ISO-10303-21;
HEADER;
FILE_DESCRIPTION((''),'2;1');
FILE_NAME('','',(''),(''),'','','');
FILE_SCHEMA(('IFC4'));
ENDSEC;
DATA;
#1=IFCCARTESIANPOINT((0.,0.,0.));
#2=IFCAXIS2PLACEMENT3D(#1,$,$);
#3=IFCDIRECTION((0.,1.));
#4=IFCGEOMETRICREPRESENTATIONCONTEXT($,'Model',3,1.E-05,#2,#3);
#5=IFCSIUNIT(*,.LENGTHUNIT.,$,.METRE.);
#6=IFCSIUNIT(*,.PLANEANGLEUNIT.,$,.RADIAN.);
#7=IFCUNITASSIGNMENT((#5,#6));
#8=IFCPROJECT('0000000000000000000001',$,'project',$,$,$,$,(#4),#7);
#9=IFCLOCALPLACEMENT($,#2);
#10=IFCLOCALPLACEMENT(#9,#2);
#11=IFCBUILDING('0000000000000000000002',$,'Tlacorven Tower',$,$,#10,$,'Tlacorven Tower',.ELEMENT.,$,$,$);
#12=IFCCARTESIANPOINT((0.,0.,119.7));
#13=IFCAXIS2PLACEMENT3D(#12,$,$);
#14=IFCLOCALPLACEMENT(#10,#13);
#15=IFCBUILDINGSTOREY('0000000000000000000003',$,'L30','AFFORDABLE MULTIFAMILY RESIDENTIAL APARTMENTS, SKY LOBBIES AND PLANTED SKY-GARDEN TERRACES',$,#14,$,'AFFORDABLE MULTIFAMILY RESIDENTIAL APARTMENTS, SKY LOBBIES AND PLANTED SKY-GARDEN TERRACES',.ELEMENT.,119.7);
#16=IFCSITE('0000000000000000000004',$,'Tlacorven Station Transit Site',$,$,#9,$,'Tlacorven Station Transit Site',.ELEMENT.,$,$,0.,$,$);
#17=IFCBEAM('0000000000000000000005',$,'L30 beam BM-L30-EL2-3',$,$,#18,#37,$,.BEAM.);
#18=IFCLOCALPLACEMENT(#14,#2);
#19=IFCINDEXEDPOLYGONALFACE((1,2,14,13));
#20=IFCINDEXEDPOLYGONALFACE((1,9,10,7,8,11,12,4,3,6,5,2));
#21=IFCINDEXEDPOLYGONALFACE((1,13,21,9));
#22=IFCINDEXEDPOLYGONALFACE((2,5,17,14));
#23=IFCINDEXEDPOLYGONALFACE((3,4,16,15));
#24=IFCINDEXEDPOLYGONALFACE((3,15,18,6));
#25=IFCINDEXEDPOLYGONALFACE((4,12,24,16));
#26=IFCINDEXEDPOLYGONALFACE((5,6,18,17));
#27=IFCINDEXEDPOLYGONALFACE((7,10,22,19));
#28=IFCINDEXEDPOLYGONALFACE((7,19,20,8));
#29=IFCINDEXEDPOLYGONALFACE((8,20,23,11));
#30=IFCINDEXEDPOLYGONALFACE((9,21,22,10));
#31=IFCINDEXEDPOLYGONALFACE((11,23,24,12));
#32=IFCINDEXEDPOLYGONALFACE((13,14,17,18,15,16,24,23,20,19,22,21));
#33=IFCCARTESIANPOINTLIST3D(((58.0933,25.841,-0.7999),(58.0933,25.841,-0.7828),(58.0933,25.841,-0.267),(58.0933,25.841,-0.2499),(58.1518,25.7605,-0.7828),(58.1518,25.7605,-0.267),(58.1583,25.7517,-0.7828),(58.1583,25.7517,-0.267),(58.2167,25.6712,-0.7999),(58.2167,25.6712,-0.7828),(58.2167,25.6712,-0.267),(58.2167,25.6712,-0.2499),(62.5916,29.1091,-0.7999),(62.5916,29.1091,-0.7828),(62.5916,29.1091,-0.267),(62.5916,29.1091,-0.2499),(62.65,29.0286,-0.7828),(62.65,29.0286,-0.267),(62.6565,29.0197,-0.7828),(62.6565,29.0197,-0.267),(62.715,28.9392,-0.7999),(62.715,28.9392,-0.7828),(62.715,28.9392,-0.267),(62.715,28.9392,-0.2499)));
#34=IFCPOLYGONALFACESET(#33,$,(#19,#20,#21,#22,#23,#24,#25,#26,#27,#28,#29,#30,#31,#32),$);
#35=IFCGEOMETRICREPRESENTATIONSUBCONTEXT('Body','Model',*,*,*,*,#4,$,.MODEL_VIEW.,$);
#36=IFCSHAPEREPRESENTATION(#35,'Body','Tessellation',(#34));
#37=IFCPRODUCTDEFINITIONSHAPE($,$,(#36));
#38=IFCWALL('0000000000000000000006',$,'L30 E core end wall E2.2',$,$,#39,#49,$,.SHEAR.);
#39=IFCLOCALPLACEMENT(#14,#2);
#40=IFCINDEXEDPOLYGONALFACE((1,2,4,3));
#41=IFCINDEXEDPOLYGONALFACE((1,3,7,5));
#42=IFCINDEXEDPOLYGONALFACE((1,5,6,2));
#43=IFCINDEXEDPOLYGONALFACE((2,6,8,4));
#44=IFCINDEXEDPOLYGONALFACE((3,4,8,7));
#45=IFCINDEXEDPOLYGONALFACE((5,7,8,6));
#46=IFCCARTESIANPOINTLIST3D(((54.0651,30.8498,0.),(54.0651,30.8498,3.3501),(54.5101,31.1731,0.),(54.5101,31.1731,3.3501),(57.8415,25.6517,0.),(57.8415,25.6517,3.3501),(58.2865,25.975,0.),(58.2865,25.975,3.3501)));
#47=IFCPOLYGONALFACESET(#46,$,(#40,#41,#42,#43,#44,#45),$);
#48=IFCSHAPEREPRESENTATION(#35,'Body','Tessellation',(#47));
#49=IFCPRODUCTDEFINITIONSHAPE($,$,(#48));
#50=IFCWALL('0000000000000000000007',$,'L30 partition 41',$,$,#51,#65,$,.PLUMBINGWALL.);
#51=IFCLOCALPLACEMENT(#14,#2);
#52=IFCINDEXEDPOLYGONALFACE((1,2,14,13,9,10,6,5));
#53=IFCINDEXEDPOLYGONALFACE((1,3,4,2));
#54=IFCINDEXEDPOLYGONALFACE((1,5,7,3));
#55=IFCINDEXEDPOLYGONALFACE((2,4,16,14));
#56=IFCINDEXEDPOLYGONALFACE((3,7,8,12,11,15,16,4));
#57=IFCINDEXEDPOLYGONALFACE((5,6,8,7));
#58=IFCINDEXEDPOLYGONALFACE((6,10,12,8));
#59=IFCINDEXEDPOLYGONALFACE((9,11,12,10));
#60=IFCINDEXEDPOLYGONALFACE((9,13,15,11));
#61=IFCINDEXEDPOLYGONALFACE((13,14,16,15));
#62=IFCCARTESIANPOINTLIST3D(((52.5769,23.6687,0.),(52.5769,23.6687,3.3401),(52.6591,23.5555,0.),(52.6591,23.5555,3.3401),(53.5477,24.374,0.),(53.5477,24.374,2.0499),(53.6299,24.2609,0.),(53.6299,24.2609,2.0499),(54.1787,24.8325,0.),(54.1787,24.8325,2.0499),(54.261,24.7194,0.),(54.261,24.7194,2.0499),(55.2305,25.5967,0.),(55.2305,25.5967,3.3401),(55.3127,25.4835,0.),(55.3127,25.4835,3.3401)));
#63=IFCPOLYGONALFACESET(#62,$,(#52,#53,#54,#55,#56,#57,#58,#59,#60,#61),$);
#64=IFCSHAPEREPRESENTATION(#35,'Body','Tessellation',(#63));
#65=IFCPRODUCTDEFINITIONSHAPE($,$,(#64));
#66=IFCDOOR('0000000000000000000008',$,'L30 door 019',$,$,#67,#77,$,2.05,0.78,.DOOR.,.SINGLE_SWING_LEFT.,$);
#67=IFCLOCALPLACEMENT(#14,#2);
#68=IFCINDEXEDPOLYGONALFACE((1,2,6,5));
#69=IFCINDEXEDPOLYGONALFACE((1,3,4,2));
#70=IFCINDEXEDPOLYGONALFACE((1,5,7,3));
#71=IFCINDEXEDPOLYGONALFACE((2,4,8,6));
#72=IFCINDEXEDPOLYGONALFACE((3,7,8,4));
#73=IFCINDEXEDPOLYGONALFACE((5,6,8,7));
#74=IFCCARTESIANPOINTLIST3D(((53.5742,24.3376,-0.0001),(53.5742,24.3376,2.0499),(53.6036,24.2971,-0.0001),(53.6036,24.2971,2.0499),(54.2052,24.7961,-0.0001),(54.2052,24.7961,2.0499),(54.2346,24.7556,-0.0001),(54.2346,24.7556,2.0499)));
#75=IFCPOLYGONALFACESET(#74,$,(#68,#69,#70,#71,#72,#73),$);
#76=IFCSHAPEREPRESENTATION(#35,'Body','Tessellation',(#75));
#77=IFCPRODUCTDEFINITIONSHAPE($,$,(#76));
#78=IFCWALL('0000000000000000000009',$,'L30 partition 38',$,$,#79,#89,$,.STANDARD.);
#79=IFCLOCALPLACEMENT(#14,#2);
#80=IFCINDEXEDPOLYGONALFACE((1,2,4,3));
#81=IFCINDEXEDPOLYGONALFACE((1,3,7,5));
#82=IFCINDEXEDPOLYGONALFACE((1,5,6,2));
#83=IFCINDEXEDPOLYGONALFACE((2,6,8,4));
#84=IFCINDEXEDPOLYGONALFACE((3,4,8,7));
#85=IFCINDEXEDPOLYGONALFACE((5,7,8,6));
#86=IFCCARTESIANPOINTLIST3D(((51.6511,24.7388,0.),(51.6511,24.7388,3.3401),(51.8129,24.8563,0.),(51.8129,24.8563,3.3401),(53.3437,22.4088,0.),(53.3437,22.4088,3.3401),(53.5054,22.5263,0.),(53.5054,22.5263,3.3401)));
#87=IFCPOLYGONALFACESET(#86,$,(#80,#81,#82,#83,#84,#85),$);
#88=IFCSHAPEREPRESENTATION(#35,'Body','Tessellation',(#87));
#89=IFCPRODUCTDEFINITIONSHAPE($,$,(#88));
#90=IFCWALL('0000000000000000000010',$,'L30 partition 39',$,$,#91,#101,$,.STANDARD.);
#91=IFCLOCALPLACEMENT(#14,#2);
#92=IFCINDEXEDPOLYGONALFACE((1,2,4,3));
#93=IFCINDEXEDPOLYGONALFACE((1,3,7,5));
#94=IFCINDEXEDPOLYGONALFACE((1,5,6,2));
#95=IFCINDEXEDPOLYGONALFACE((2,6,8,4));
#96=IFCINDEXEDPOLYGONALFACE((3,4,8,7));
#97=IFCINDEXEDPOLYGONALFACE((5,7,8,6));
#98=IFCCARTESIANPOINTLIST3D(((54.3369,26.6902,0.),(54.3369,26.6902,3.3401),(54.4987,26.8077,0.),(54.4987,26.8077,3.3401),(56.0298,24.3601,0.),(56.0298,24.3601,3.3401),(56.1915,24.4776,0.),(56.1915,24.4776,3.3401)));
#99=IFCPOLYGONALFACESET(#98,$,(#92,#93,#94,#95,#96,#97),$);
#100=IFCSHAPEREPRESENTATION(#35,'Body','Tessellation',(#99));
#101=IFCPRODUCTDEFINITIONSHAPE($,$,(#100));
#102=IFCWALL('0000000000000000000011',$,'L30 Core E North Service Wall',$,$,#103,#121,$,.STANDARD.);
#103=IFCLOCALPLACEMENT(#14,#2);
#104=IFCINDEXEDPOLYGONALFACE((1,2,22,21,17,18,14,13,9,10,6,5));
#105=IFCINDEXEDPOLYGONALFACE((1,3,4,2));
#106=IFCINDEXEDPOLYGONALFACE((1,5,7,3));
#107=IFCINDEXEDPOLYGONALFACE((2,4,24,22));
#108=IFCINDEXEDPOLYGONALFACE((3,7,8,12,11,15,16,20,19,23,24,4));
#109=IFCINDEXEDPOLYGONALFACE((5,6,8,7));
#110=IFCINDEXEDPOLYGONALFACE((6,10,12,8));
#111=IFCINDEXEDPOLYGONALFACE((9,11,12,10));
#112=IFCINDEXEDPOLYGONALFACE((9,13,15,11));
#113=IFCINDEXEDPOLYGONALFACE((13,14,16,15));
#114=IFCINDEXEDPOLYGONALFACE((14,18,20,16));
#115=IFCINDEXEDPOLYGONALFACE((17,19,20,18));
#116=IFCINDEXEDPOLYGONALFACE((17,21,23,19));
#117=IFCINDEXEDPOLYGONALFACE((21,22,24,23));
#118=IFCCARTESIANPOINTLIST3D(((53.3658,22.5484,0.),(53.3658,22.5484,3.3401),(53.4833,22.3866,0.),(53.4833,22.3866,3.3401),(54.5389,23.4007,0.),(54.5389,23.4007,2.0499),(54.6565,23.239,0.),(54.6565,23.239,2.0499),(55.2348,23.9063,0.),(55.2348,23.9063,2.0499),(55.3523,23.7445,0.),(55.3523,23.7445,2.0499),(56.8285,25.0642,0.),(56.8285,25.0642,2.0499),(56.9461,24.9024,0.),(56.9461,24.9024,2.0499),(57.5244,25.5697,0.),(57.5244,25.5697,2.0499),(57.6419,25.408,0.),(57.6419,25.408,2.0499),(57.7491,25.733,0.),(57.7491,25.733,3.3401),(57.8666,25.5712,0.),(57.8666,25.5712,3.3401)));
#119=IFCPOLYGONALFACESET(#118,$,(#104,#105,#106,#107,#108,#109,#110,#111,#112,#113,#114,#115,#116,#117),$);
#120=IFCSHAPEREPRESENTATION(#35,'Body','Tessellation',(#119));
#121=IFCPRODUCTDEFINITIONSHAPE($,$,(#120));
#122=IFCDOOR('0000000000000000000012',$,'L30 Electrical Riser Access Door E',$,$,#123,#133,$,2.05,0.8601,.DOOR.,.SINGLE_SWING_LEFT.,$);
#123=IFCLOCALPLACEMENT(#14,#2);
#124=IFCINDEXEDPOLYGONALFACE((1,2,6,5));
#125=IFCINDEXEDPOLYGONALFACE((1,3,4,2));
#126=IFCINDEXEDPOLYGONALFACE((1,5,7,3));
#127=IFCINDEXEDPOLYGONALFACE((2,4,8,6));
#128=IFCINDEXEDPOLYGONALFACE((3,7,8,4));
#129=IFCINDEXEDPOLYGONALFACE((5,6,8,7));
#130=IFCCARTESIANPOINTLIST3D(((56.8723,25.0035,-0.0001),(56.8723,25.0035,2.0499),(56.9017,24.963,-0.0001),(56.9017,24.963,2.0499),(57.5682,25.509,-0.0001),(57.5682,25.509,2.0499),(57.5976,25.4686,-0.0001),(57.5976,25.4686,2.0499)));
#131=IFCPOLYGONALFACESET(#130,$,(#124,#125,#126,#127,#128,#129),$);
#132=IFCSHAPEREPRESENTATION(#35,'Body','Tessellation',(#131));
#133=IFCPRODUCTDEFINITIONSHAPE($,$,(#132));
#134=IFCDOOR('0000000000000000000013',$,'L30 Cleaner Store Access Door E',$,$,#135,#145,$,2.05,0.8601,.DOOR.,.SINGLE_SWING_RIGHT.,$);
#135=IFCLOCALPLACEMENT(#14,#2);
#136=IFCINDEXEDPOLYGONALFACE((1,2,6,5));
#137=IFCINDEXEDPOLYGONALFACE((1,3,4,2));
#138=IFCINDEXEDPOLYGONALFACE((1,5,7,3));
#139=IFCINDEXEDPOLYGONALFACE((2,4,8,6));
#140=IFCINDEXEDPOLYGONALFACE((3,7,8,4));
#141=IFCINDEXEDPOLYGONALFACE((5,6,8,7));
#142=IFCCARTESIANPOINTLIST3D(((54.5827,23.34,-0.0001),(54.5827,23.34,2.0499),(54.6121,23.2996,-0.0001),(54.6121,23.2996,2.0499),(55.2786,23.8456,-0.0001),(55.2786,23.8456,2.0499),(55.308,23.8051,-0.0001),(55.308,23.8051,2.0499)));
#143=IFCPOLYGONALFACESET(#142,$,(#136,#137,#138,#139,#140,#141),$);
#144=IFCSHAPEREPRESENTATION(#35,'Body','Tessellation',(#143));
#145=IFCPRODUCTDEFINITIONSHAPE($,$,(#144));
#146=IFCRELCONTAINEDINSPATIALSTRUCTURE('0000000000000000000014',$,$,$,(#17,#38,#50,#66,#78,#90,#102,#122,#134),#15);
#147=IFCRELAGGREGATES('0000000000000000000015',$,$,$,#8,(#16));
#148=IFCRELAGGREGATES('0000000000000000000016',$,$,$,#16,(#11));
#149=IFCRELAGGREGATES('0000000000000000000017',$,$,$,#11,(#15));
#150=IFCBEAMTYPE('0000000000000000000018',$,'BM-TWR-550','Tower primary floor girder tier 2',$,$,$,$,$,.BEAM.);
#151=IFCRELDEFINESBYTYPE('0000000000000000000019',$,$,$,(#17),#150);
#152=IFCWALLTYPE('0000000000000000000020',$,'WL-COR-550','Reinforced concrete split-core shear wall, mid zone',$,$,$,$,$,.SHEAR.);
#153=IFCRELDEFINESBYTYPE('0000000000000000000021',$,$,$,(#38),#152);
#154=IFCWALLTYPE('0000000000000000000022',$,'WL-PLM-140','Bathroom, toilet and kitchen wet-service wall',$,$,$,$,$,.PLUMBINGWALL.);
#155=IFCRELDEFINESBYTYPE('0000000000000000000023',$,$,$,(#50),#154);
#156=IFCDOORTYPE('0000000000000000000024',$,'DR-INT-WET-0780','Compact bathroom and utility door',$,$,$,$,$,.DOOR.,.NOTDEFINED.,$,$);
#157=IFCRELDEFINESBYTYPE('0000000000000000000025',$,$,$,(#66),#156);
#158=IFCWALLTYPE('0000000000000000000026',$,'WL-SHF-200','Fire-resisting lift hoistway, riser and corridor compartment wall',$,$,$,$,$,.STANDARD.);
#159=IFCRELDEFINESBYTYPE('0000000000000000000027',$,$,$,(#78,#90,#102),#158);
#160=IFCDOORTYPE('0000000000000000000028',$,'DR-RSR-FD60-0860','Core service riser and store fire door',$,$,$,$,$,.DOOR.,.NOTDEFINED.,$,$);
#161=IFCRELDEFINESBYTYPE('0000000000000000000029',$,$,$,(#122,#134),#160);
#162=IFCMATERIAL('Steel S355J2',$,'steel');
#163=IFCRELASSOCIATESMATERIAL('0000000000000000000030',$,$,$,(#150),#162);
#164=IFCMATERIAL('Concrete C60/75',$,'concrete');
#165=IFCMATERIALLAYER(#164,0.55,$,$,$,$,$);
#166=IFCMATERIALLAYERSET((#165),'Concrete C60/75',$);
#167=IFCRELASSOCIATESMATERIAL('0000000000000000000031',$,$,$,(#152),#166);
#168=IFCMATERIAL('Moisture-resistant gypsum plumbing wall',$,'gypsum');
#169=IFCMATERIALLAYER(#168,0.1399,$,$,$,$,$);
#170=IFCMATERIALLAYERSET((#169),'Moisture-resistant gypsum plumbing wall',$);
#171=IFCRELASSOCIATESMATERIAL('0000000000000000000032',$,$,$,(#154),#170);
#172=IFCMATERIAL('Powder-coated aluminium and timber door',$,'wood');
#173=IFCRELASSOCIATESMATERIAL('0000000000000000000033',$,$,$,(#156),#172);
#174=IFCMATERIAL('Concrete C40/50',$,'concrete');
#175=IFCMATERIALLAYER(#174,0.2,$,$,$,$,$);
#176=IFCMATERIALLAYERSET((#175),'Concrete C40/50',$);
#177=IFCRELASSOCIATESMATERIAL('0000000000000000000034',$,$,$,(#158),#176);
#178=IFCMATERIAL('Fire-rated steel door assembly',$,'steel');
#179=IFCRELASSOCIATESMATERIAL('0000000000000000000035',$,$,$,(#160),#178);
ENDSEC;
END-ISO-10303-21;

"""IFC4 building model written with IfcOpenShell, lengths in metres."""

from ifc_helpers import new_model, si_unit, direction, frame, frame_2d, origin, origin_2d, place, context, subcontext, project, spatial, rectangle, i_section, extrude, source, transform, mapped, material, layer, layer_set, material_profile, profile_set, type_object, element, fill, save


model = new_model("IFC4")

# Units and contexts
model_context = context("Model", 3, precision=1e-05, world=origin(), true_north=direction((0.0, 1.0)))
body_context = subcontext(model_context, "Body", "Model", "MODEL_VIEW")
ifc_project = project(units=[si_unit("LENGTHUNIT", "METRE"), si_unit("PLANEANGLEUNIT", "RADIAN")], contexts=[model_context])

# Site, building, storey
site_placement = place(None, origin())
site = spatial("IfcSite", under=ifc_project, at=site_placement, Name="Tlacorven Station Transit Site", LongName="Tlacorven Station Transit Site", CompositionType="ELEMENT", RefElevation=0.0)
building_placement = place(site_placement, origin())
building = spatial("IfcBuilding", under=site, at=building_placement, Name="Tlacorven Tower", LongName="Tlacorven Tower", CompositionType="ELEMENT")
storey_placement = place(building_placement, frame((0.0, 0.0, 119.7)))
storey = spatial("IfcBuildingStorey", under=building, at=storey_placement, Name="L30", Description="AFFORDABLE MULTIFAMILY RESIDENTIAL APARTMENTS, SKY LOBBIES AND PLANTED SKY-GARDEN TERRACES", LongName="AFFORDABLE MULTIFAMILY RESIDENTIAL APARTMENTS, SKY LOBBIES AND PLANTED SKY-GARDEN TERRACES", CompositionType="ELEMENT", Elevation=119.7)

# Beam
ifc_material_1 = material(Name="Steel S355J2", Category="steel")
ifc_material_profile = material_profile(ifc_material_1, i_section(OverallWidth=0.21, OverallDepth=0.55, WebThickness=0.011, FlangeThickness=0.0171, at=origin_2d()), Name="IPE 550")
ifc_profile_set = profile_set([ifc_material_profile], Name="Steel S355J2")
beam_type = type_object("IfcBeamType", Name="BM-TWR-550", Description="Tower primary floor girder tier 2", PredefinedType="BEAM", material=ifc_profile_set)
shared_shape_1 = source(origin(), body_context, "Body", "SweptSolid", [
    extrude(i_section(OverallWidth=0.21, OverallDepth=0.55, WebThickness=0.011, FlangeThickness=0.0171, at=origin_2d()), origin(), (0.0, 0.0, 1.0), 5.5601),
])
beam_placement = place(storey_placement, frame((58.155, 25.7561, -0.5249), z_axis=(0.809028, 0.58777, 0.0), x_axis=(-0.58777, 0.809028, 0.0)))
element("IfcBeam", 1, at=beam_placement, inside=storey, type_object=beam_type, Name="L30 beam BM-L30-EL2-3", PredefinedType="BEAM", context=body_context, shape_type="MappedRepresentation", body=[
    mapped(shared_shape_1, transform((0.0, 0.0, 0.0), scale=1.0)),
])

# Wall
ifc_material_2 = material(Name="Concrete C60/75", Category="concrete")
ifc_layer_1 = layer(ifc_material_2, 0.55)
ifc_layer_set_1 = layer_set([ifc_layer_1], Name="Concrete C60/75")
wall_type_1 = type_object("IfcWallType", Name="WL-COR-550", Description="Reinforced concrete split-core shear wall, mid zone", PredefinedType="SHEAR", material=ifc_layer_set_1)
wall_1_placement = place(storey_placement, frame((58.064, 25.8135, 0.0), z_axis=(0.0, 0.0, 1.0), x_axis=(-0.587765, 0.809032, 0.0)))
element("IfcWall", 2, at=wall_1_placement, inside=storey, type_object=wall_type_1, Name="L30 E core end wall E2.2", PredefinedType="SHEAR", context=body_context, shape_type="SweptSolid", body=[
    extrude(rectangle(XDim=6.425, YDim=0.55, at=frame_2d((3.2124, 0.0))), origin(), (0.0, 0.0, 1.0), 3.3501),
])

# Wall, opening, door
ifc_material_3 = material(Name="Moisture-resistant gypsum plumbing wall", Category="gypsum")
ifc_layer_2 = layer(ifc_material_3, 0.1399)
ifc_layer_set_2 = layer_set([ifc_layer_2], Name="Moisture-resistant gypsum plumbing wall")
wall_type_2 = type_object("IfcWallType", Name="WL-PLM-140", Description="Bathroom, toilet and kitchen wet-service wall", PredefinedType="PLUMBINGWALL", material=ifc_layer_set_2)
wall_2_placement = place(storey_placement, frame((52.6179, 23.6121, 0.0), z_axis=(0.0, 0.0, 1.0), x_axis=(0.80901, 0.587795, 0.0)))
wall_2 = element("IfcWall", 3, at=wall_2_placement, inside=storey, type_object=wall_type_2, Name="L30 partition 41", PredefinedType="PLUMBINGWALL", context=body_context, shape_type="SweptSolid", body=[
    extrude(rectangle(XDim=3.28, YDim=0.1399, at=frame_2d((1.6401, 0.0))), origin(), (0.0, 0.0, 1.0), 3.3401),
])
opening_1_placement = place(wall_2_placement, frame((1.2, 0.0, 0.0)))
opening_1 = element("IfcOpeningElement", 4, at=opening_1_placement, cuts=wall_2, PredefinedType="OPENING", context=body_context, shape_type="SweptSolid", body=[
    extrude(rectangle(XDim=0.78, YDim=2.05, at=frame_2d((0.3901, 1.0249))), frame((0.0, 0.0801, 0.0), z_axis=(0.0, -1.0, 0.0), x_axis=(1.0, 0.0, 0.0)), (0.0, 0.0, 1.0), 0.1599),
])
ifc_material_4 = material(Name="Powder-coated aluminium and timber door", Category="wood")
door_type_1 = type_object("IfcDoorType", Name="DR-INT-WET-0780", Description="Compact bathroom and utility door", OperationType="NOTDEFINED", PredefinedType="DOOR", material=ifc_material_4)
shared_shape_2 = source(origin(), body_context, "Body", "SweptSolid", [
    extrude(rectangle(XDim=0.78, YDim=2.05, at=frame_2d((0.3901, 1.0249))), frame((0.0, 0.0249, 0.0), z_axis=(0.0, -1.0, 0.0), x_axis=(1.0, 0.0, 0.0)), (0.0, 0.0, 1.0), 0.05),
])
door_1_placement = place(opening_1_placement, origin())
door_1 = element("IfcDoor", 5, at=door_1_placement, inside=storey, type_object=door_type_1, Name="L30 door 019", OperationType="SINGLE_SWING_LEFT", OverallHeight=2.05, OverallWidth=0.78, PredefinedType="DOOR", context=body_context, shape_type="MappedRepresentation", body=[
    mapped(shared_shape_2, transform((0.0, 0.0, 0.0), scale=1.0)),
])
fill(opening_1, door_1)

# Walls
ifc_material_5 = material(Name="Concrete C40/50", Category="concrete")
ifc_layer_3 = layer(ifc_material_5, 0.2)
ifc_layer_set_3 = layer_set([ifc_layer_3], Name="Concrete C40/50")
wall_type_3 = type_object("IfcWallType", Name="WL-SHF-200", Description="Fire-resisting lift hoistway, riser and corridor compartment wall", PredefinedType="STANDARD", material=ifc_layer_set_3)
wall_3_placement = place(storey_placement, frame((53.4246, 22.4675, 0.0), z_axis=(0.0, 0.0, 1.0), x_axis=(-0.587723, 0.809062, 0.0)))
element("IfcWall", 6, at=wall_3_placement, inside=storey, type_object=wall_type_3, Name="L30 partition 38", PredefinedType="STANDARD", context=body_context, shape_type="SweptSolid", body=[
    extrude(rectangle(XDim=2.8799, YDim=0.2, at=frame_2d((1.4399, 0.0))), origin(), (0.0, 0.0, 1.0), 3.3401),
])
wall_4_placement = place(storey_placement, frame((56.1106, 24.4189, 0.0), z_axis=(0.0, 0.0, 1.0), x_axis=(-0.587778, 0.809022, 0.0)))
element("IfcWall", 7, at=wall_4_placement, inside=storey, type_object=wall_type_3, Name="L30 partition 39", PredefinedType="STANDARD", context=body_context, shape_type="SweptSolid", body=[
    extrude(rectangle(XDim=2.8801, YDim=0.2, at=frame_2d((1.4399, 0.0))), origin(), (0.0, 0.0, 1.0), 3.3401),
])

# Wall, openings, doors
wall_5_placement = place(storey_placement, frame((53.4246, 22.4675, 0.0), z_axis=(0.0, 0.0, 1.0), x_axis=(0.809024, 0.587775, 0.0)))
wall_5 = element("IfcWall", 8, at=wall_5_placement, inside=storey, type_object=wall_type_3, Name="L30 Core E North Service Wall", PredefinedType="STANDARD", context=body_context, shape_type="SweptSolid", body=[
    extrude(rectangle(XDim=5.418, YDim=0.2, at=frame_2d((2.709, 0.0))), origin(), (0.0, 0.0, 1.0), 3.3401),
])
opening_2_placement = place(wall_5_placement, frame((4.28, 0.0, 0.0)))
opening_2 = element("IfcOpeningElement", 9, at=opening_2_placement, cuts=wall_5, PredefinedType="OPENING", context=body_context, shape_type="SweptSolid", body=[
    extrude(rectangle(XDim=0.8601, YDim=2.05, at=frame_2d((0.4302, 1.0249))), frame((0.0, 0.1099, 0.0), z_axis=(0.0, -1.0, 0.0), x_axis=(1.0, 0.0, 0.0)), (0.0, 0.0, 1.0), 0.22),
])
opening_3_placement = place(wall_5_placement, frame((1.45, 0.0, 0.0)))
opening_3 = element("IfcOpeningElement", 10, at=opening_3_placement, cuts=wall_5, PredefinedType="OPENING", context=body_context, shape_type="SweptSolid", body=[
    extrude(rectangle(XDim=0.8601, YDim=2.05, at=frame_2d((0.4302, 1.0249))), frame((0.0, 0.1099, 0.0), z_axis=(0.0, -1.0, 0.0), x_axis=(1.0, 0.0, 0.0)), (0.0, 0.0, 1.0), 0.22),
])
ifc_material_6 = material(Name="Fire-rated steel door assembly", Category="steel")
door_type_2 = type_object("IfcDoorType", Name="DR-RSR-FD60-0860", Description="Core service riser and store fire door", OperationType="NOTDEFINED", PredefinedType="DOOR", material=ifc_material_6)
shared_shape_3 = source(origin(), body_context, "Body", "SweptSolid", [
    extrude(rectangle(XDim=0.8601, YDim=2.05, at=frame_2d((0.4302, 1.0249))), frame((0.0, 0.0249, 0.0), z_axis=(0.0, -1.0, 0.0), x_axis=(1.0, 0.0, 0.0)), (0.0, 0.0, 1.0), 0.05),
])
door_2_placement = place(opening_2_placement, frame((0.8601, 0.0, 0.0), z_axis=(0.0, 0.0, 1.0), x_axis=(-1.0, 0.0, 0.0)))
door_2 = element("IfcDoor", 11, at=door_2_placement, inside=storey, type_object=door_type_2, Name="L30 Electrical Riser Access Door E", OperationType="SINGLE_SWING_LEFT", OverallHeight=2.05, OverallWidth=0.8601, PredefinedType="DOOR", context=body_context, shape_type="MappedRepresentation", body=[
    mapped(shared_shape_3, transform((0.0, 0.0, 0.0), scale=1.0)),
])
fill(opening_2, door_2)
door_3_placement = place(opening_3_placement, frame((0.8601, 0.0, 0.0), z_axis=(0.0, 0.0, 1.0), x_axis=(-1.0, 0.0, 0.0)))
door_3 = element("IfcDoor", 12, at=door_3_placement, inside=storey, type_object=door_type_2, Name="L30 Cleaner Store Access Door E", OperationType="SINGLE_SWING_RIGHT", OverallHeight=2.05, OverallWidth=0.8601, PredefinedType="DOOR", context=body_context, shape_type="MappedRepresentation", body=[
    mapped(shared_shape_3, transform((0.0, 0.0, 0.0), scale=1.0)),
])
fill(opening_3, door_3)

save(model, "model.ifc")
